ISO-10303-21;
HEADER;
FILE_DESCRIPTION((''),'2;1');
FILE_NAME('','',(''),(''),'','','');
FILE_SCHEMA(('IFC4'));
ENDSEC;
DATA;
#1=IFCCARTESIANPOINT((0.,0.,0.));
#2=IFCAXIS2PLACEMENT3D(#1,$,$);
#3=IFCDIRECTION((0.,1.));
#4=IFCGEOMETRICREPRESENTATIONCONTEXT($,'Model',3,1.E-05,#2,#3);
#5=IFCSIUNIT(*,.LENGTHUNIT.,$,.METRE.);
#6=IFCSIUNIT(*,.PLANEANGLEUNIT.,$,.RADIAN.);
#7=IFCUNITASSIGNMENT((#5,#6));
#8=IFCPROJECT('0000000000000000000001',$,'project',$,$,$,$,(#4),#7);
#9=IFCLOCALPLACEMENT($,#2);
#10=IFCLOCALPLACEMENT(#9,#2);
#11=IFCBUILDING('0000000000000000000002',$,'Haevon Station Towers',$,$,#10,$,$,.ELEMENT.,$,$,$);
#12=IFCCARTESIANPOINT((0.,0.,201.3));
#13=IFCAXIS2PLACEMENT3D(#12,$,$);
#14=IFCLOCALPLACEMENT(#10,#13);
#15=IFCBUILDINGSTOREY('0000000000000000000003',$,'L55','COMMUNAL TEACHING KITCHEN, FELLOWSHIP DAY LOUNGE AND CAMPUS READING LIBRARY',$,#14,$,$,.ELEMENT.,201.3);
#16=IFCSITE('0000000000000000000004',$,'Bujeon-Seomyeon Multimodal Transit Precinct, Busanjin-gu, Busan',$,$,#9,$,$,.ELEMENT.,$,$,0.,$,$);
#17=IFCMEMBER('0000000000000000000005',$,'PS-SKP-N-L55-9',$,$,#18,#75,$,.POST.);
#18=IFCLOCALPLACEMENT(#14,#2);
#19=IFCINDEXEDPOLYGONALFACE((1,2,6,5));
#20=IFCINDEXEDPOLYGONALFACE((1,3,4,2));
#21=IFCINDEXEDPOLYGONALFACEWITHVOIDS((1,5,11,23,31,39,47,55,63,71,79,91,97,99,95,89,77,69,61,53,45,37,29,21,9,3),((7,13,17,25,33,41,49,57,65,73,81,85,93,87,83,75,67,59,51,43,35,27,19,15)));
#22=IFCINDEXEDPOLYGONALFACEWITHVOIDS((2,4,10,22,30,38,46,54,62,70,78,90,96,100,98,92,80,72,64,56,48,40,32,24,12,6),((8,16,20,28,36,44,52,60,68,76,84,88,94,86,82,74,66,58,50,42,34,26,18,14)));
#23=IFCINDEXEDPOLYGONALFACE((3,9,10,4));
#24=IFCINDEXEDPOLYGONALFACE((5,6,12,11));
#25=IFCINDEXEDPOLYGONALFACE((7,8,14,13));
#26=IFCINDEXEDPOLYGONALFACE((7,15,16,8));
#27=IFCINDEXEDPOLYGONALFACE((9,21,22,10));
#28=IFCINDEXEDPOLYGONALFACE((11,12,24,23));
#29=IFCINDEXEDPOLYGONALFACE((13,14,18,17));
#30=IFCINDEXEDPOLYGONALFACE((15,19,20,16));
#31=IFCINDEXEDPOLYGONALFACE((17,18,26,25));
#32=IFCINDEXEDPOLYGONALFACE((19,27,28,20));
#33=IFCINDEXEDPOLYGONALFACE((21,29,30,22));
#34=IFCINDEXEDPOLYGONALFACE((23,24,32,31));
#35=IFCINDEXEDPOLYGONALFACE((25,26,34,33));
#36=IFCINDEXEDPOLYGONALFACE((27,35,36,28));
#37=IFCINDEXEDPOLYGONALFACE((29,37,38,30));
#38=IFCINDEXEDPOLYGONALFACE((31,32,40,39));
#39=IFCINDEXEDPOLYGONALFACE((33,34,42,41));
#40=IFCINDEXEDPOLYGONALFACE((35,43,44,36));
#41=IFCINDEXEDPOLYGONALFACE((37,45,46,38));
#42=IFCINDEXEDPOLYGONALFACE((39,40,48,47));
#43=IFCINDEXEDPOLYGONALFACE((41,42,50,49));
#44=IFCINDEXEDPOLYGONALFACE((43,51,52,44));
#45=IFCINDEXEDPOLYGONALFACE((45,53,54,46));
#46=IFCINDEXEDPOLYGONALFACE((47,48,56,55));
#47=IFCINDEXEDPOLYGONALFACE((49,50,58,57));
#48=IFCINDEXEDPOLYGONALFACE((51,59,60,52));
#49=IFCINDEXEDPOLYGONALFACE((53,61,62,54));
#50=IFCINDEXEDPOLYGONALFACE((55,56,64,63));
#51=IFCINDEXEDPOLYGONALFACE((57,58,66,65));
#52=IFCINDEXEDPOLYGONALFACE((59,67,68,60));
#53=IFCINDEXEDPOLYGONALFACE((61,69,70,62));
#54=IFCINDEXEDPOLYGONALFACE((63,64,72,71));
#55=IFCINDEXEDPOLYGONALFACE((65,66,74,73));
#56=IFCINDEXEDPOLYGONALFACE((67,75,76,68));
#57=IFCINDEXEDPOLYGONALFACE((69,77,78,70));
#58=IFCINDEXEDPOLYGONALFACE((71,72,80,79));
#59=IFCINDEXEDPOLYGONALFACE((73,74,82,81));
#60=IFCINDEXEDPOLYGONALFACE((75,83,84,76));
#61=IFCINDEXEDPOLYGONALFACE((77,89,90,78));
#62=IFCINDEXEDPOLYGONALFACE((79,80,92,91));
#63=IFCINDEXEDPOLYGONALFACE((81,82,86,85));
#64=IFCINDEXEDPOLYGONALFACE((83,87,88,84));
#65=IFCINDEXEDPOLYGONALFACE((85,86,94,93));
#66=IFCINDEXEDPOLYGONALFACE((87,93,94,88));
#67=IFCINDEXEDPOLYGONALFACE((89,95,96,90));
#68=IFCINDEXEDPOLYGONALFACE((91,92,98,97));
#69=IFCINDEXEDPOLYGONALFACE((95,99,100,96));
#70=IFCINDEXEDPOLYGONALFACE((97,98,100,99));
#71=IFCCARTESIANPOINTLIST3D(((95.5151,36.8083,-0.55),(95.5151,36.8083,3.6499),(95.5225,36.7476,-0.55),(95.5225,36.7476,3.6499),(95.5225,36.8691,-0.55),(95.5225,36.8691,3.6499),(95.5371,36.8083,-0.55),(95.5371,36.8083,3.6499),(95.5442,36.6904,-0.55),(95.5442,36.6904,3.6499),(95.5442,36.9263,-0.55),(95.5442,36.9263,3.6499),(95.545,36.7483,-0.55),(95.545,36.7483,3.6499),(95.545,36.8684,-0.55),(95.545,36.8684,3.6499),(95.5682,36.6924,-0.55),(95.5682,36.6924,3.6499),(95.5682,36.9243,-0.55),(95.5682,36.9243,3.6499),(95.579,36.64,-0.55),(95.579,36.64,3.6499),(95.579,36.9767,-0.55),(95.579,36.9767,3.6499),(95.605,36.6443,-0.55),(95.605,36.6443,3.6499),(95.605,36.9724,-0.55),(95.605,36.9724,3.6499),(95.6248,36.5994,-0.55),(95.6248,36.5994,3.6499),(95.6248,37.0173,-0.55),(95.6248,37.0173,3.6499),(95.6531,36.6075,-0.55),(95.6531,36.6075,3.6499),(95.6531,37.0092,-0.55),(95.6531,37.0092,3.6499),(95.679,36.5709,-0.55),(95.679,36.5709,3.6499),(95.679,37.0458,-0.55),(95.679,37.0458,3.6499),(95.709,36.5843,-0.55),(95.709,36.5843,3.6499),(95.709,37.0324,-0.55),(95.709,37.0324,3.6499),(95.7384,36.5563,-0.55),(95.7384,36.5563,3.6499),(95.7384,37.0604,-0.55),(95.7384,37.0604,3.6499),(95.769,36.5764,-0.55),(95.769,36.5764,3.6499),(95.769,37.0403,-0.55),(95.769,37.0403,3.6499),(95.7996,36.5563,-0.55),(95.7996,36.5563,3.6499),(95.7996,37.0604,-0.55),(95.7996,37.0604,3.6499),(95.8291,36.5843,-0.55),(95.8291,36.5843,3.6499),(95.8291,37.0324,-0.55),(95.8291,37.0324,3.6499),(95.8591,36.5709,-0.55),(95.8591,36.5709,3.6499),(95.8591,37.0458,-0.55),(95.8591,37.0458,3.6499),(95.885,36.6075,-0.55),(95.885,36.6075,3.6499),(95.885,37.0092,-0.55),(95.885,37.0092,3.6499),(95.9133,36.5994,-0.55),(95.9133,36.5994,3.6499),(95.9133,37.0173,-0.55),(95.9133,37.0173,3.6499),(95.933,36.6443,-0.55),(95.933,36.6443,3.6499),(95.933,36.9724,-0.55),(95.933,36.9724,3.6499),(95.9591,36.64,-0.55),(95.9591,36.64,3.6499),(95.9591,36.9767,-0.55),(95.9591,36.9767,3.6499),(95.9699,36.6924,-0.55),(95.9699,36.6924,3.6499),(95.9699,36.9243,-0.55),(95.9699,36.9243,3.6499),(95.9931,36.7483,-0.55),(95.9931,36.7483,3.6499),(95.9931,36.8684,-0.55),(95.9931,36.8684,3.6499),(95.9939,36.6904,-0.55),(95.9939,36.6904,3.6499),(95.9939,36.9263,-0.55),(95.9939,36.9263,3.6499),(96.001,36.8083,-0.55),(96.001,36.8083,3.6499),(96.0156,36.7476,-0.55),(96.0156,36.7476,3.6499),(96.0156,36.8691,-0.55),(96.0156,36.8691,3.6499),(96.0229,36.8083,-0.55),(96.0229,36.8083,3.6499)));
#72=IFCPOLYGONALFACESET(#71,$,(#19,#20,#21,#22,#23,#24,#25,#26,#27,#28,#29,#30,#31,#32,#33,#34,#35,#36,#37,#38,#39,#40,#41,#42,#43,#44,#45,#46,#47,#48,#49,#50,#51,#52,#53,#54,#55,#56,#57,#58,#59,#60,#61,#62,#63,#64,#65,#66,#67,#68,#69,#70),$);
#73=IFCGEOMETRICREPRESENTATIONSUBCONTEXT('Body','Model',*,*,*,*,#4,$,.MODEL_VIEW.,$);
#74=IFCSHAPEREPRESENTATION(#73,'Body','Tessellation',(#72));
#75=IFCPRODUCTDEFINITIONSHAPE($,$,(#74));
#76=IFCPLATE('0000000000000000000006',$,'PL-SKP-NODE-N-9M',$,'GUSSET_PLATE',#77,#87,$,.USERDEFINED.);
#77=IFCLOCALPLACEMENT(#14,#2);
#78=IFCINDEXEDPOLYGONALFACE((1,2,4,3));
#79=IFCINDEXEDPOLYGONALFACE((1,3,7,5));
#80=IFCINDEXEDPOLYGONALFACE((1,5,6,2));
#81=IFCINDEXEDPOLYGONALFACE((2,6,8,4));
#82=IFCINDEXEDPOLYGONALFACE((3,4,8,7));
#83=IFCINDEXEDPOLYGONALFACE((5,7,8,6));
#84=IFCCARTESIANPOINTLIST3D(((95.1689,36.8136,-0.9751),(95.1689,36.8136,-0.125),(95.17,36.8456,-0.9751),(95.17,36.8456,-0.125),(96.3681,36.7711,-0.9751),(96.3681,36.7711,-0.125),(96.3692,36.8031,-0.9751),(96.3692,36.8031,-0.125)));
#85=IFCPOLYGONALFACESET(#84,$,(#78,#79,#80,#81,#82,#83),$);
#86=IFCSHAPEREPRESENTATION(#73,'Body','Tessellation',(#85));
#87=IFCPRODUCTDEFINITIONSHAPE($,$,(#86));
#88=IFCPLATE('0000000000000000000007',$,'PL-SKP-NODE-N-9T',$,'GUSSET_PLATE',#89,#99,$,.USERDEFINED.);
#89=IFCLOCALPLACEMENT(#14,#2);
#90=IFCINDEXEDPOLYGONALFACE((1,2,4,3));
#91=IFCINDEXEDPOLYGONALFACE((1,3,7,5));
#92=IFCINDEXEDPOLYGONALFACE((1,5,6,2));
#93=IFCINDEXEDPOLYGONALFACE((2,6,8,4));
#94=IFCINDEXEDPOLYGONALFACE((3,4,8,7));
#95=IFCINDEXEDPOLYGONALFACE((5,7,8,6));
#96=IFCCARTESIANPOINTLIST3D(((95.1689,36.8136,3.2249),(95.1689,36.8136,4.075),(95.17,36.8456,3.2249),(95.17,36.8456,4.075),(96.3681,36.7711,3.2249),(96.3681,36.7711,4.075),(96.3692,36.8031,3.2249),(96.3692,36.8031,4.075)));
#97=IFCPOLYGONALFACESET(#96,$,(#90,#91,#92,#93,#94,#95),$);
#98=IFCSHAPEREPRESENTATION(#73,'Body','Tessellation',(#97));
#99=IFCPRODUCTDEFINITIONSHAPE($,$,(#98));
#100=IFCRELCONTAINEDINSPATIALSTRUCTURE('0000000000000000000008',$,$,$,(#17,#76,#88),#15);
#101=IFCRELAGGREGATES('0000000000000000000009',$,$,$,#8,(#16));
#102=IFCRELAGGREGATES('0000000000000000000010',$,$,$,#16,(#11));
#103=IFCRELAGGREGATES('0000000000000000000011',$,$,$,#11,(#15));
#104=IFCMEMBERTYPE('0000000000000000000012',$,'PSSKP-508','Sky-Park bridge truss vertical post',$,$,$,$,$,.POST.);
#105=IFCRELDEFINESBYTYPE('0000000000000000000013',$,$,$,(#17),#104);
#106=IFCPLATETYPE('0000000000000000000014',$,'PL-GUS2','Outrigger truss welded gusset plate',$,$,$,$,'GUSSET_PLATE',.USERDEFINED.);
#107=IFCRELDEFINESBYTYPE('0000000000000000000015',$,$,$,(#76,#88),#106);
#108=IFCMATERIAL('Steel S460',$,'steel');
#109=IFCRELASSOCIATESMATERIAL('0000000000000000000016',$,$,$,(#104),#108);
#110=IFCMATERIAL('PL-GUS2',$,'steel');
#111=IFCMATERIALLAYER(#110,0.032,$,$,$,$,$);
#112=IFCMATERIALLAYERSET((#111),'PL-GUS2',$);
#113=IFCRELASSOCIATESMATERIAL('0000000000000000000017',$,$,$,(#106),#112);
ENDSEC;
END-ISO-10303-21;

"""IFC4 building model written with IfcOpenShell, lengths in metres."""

from ifc_helpers import new_model, si_unit, direction, frame, origin, origin_2d, place, context, subcontext, project, spatial, rectangle, hollow_circle, extrude, material, layer, layer_set, material_profile, profile_set, type_object, element, save


model = new_model("IFC4")

# Units and contexts
model_context = context("Model", 3, precision=1e-05, world=origin(), true_north=direction((0.0, 1.0)))
body_context = subcontext(model_context, "Body", "Model", "MODEL_VIEW")
ifc_project = project(units=[si_unit("LENGTHUNIT", "METRE"), si_unit("PLANEANGLEUNIT", "RADIAN")], contexts=[model_context])

# Site, building, storey
site_placement = place(None, origin())
site = spatial("IfcSite", under=ifc_project, at=site_placement, Name="Bujeon-Seomyeon Multimodal Transit Precinct, Busanjin-gu, Busan", CompositionType="ELEMENT", RefElevation=0.0)
building_placement = place(site_placement, origin())
building = spatial("IfcBuilding", under=site, at=building_placement, Name="Haevon Station Towers", CompositionType="ELEMENT")
storey_placement = place(building_placement, frame((0.0, 0.0, 201.3)))
storey = spatial("IfcBuildingStorey", under=building, at=storey_placement, Name="L55", Description="COMMUNAL TEACHING KITCHEN, FELLOWSHIP DAY LOUNGE AND CAMPUS READING LIBRARY", CompositionType="ELEMENT", Elevation=201.3)

# Member
ifc_material_1 = material(Name="Steel S460", Category="steel")
ifc_material_profile_1 = material_profile(ifc_material_1, hollow_circle(Radius=0.2539, WallThickness=0.022, at=origin_2d()), Name="CHS-508x22")
ifc_profile_set_1 = profile_set([ifc_material_profile_1], Name="Steel S460")
member_type_1 = type_object("IfcMemberType", Name="PSSKP-508", Description="Sky-Park bridge truss vertical post", PredefinedType="POST", material=ifc_profile_set_1)
for number, where, z_axis, x_axis, name in (
    (1, (95.769, 36.8083, -0.55), (0.0, 0.0, 1.0), (1.0, 0.0, 0.0), "PS-SKP-N-L55-9"),
):
    element("IfcMember", number, at=place(storey_placement, frame(where, z_axis=z_axis, x_axis=x_axis)), inside=storey, type_object=member_type_1, Name=name, PredefinedType="POST", context=body_context, shape_type="SweptSolid", body=[
        extrude(hollow_circle(Radius=0.2539, WallThickness=0.022, at=origin_2d()), origin(), (0.0, 0.0, 1.0), 4.2),
    ])

# Plates
ifc_material_2 = material(Name="PL-GUS2", Category="steel")
ifc_layer_1 = layer(ifc_material_2, 0.032)
ifc_layer_set_1 = layer_set([ifc_layer_1], Name="PL-GUS2")
plate_type = type_object("IfcPlateType", Name="PL-GUS2", Description="Outrigger truss welded gusset plate", ElementType="GUSSET_PLATE", PredefinedType="USERDEFINED", material=ifc_layer_set_1)
for number, where, z_axis, x_axis, name in (
    (2, (95.769, 36.8083, -0.9751), (0.0, 0.0, 1.0), (0.999372, -0.03544, 0.0), "PL-SKP-NODE-N-9M"),
    (3, (95.769, 36.8083, 3.2249), (0.0, 0.0, 1.0), (0.999372, -0.03544, 0.0), "PL-SKP-NODE-N-9T"),
):
    element("IfcPlate", number, at=place(storey_placement, frame(where, z_axis=z_axis, x_axis=x_axis)), inside=storey, type_object=plate_type, Name=name, ObjectType="GUSSET_PLATE", PredefinedType="USERDEFINED", context=body_context, shape_type="SweptSolid", body=[
        extrude(rectangle(XDim=1.2, YDim=0.032, at=origin_2d()), origin(), (0.0, 0.0, 1.0), 0.8501),
    ])

save(model, "model.ifc")
